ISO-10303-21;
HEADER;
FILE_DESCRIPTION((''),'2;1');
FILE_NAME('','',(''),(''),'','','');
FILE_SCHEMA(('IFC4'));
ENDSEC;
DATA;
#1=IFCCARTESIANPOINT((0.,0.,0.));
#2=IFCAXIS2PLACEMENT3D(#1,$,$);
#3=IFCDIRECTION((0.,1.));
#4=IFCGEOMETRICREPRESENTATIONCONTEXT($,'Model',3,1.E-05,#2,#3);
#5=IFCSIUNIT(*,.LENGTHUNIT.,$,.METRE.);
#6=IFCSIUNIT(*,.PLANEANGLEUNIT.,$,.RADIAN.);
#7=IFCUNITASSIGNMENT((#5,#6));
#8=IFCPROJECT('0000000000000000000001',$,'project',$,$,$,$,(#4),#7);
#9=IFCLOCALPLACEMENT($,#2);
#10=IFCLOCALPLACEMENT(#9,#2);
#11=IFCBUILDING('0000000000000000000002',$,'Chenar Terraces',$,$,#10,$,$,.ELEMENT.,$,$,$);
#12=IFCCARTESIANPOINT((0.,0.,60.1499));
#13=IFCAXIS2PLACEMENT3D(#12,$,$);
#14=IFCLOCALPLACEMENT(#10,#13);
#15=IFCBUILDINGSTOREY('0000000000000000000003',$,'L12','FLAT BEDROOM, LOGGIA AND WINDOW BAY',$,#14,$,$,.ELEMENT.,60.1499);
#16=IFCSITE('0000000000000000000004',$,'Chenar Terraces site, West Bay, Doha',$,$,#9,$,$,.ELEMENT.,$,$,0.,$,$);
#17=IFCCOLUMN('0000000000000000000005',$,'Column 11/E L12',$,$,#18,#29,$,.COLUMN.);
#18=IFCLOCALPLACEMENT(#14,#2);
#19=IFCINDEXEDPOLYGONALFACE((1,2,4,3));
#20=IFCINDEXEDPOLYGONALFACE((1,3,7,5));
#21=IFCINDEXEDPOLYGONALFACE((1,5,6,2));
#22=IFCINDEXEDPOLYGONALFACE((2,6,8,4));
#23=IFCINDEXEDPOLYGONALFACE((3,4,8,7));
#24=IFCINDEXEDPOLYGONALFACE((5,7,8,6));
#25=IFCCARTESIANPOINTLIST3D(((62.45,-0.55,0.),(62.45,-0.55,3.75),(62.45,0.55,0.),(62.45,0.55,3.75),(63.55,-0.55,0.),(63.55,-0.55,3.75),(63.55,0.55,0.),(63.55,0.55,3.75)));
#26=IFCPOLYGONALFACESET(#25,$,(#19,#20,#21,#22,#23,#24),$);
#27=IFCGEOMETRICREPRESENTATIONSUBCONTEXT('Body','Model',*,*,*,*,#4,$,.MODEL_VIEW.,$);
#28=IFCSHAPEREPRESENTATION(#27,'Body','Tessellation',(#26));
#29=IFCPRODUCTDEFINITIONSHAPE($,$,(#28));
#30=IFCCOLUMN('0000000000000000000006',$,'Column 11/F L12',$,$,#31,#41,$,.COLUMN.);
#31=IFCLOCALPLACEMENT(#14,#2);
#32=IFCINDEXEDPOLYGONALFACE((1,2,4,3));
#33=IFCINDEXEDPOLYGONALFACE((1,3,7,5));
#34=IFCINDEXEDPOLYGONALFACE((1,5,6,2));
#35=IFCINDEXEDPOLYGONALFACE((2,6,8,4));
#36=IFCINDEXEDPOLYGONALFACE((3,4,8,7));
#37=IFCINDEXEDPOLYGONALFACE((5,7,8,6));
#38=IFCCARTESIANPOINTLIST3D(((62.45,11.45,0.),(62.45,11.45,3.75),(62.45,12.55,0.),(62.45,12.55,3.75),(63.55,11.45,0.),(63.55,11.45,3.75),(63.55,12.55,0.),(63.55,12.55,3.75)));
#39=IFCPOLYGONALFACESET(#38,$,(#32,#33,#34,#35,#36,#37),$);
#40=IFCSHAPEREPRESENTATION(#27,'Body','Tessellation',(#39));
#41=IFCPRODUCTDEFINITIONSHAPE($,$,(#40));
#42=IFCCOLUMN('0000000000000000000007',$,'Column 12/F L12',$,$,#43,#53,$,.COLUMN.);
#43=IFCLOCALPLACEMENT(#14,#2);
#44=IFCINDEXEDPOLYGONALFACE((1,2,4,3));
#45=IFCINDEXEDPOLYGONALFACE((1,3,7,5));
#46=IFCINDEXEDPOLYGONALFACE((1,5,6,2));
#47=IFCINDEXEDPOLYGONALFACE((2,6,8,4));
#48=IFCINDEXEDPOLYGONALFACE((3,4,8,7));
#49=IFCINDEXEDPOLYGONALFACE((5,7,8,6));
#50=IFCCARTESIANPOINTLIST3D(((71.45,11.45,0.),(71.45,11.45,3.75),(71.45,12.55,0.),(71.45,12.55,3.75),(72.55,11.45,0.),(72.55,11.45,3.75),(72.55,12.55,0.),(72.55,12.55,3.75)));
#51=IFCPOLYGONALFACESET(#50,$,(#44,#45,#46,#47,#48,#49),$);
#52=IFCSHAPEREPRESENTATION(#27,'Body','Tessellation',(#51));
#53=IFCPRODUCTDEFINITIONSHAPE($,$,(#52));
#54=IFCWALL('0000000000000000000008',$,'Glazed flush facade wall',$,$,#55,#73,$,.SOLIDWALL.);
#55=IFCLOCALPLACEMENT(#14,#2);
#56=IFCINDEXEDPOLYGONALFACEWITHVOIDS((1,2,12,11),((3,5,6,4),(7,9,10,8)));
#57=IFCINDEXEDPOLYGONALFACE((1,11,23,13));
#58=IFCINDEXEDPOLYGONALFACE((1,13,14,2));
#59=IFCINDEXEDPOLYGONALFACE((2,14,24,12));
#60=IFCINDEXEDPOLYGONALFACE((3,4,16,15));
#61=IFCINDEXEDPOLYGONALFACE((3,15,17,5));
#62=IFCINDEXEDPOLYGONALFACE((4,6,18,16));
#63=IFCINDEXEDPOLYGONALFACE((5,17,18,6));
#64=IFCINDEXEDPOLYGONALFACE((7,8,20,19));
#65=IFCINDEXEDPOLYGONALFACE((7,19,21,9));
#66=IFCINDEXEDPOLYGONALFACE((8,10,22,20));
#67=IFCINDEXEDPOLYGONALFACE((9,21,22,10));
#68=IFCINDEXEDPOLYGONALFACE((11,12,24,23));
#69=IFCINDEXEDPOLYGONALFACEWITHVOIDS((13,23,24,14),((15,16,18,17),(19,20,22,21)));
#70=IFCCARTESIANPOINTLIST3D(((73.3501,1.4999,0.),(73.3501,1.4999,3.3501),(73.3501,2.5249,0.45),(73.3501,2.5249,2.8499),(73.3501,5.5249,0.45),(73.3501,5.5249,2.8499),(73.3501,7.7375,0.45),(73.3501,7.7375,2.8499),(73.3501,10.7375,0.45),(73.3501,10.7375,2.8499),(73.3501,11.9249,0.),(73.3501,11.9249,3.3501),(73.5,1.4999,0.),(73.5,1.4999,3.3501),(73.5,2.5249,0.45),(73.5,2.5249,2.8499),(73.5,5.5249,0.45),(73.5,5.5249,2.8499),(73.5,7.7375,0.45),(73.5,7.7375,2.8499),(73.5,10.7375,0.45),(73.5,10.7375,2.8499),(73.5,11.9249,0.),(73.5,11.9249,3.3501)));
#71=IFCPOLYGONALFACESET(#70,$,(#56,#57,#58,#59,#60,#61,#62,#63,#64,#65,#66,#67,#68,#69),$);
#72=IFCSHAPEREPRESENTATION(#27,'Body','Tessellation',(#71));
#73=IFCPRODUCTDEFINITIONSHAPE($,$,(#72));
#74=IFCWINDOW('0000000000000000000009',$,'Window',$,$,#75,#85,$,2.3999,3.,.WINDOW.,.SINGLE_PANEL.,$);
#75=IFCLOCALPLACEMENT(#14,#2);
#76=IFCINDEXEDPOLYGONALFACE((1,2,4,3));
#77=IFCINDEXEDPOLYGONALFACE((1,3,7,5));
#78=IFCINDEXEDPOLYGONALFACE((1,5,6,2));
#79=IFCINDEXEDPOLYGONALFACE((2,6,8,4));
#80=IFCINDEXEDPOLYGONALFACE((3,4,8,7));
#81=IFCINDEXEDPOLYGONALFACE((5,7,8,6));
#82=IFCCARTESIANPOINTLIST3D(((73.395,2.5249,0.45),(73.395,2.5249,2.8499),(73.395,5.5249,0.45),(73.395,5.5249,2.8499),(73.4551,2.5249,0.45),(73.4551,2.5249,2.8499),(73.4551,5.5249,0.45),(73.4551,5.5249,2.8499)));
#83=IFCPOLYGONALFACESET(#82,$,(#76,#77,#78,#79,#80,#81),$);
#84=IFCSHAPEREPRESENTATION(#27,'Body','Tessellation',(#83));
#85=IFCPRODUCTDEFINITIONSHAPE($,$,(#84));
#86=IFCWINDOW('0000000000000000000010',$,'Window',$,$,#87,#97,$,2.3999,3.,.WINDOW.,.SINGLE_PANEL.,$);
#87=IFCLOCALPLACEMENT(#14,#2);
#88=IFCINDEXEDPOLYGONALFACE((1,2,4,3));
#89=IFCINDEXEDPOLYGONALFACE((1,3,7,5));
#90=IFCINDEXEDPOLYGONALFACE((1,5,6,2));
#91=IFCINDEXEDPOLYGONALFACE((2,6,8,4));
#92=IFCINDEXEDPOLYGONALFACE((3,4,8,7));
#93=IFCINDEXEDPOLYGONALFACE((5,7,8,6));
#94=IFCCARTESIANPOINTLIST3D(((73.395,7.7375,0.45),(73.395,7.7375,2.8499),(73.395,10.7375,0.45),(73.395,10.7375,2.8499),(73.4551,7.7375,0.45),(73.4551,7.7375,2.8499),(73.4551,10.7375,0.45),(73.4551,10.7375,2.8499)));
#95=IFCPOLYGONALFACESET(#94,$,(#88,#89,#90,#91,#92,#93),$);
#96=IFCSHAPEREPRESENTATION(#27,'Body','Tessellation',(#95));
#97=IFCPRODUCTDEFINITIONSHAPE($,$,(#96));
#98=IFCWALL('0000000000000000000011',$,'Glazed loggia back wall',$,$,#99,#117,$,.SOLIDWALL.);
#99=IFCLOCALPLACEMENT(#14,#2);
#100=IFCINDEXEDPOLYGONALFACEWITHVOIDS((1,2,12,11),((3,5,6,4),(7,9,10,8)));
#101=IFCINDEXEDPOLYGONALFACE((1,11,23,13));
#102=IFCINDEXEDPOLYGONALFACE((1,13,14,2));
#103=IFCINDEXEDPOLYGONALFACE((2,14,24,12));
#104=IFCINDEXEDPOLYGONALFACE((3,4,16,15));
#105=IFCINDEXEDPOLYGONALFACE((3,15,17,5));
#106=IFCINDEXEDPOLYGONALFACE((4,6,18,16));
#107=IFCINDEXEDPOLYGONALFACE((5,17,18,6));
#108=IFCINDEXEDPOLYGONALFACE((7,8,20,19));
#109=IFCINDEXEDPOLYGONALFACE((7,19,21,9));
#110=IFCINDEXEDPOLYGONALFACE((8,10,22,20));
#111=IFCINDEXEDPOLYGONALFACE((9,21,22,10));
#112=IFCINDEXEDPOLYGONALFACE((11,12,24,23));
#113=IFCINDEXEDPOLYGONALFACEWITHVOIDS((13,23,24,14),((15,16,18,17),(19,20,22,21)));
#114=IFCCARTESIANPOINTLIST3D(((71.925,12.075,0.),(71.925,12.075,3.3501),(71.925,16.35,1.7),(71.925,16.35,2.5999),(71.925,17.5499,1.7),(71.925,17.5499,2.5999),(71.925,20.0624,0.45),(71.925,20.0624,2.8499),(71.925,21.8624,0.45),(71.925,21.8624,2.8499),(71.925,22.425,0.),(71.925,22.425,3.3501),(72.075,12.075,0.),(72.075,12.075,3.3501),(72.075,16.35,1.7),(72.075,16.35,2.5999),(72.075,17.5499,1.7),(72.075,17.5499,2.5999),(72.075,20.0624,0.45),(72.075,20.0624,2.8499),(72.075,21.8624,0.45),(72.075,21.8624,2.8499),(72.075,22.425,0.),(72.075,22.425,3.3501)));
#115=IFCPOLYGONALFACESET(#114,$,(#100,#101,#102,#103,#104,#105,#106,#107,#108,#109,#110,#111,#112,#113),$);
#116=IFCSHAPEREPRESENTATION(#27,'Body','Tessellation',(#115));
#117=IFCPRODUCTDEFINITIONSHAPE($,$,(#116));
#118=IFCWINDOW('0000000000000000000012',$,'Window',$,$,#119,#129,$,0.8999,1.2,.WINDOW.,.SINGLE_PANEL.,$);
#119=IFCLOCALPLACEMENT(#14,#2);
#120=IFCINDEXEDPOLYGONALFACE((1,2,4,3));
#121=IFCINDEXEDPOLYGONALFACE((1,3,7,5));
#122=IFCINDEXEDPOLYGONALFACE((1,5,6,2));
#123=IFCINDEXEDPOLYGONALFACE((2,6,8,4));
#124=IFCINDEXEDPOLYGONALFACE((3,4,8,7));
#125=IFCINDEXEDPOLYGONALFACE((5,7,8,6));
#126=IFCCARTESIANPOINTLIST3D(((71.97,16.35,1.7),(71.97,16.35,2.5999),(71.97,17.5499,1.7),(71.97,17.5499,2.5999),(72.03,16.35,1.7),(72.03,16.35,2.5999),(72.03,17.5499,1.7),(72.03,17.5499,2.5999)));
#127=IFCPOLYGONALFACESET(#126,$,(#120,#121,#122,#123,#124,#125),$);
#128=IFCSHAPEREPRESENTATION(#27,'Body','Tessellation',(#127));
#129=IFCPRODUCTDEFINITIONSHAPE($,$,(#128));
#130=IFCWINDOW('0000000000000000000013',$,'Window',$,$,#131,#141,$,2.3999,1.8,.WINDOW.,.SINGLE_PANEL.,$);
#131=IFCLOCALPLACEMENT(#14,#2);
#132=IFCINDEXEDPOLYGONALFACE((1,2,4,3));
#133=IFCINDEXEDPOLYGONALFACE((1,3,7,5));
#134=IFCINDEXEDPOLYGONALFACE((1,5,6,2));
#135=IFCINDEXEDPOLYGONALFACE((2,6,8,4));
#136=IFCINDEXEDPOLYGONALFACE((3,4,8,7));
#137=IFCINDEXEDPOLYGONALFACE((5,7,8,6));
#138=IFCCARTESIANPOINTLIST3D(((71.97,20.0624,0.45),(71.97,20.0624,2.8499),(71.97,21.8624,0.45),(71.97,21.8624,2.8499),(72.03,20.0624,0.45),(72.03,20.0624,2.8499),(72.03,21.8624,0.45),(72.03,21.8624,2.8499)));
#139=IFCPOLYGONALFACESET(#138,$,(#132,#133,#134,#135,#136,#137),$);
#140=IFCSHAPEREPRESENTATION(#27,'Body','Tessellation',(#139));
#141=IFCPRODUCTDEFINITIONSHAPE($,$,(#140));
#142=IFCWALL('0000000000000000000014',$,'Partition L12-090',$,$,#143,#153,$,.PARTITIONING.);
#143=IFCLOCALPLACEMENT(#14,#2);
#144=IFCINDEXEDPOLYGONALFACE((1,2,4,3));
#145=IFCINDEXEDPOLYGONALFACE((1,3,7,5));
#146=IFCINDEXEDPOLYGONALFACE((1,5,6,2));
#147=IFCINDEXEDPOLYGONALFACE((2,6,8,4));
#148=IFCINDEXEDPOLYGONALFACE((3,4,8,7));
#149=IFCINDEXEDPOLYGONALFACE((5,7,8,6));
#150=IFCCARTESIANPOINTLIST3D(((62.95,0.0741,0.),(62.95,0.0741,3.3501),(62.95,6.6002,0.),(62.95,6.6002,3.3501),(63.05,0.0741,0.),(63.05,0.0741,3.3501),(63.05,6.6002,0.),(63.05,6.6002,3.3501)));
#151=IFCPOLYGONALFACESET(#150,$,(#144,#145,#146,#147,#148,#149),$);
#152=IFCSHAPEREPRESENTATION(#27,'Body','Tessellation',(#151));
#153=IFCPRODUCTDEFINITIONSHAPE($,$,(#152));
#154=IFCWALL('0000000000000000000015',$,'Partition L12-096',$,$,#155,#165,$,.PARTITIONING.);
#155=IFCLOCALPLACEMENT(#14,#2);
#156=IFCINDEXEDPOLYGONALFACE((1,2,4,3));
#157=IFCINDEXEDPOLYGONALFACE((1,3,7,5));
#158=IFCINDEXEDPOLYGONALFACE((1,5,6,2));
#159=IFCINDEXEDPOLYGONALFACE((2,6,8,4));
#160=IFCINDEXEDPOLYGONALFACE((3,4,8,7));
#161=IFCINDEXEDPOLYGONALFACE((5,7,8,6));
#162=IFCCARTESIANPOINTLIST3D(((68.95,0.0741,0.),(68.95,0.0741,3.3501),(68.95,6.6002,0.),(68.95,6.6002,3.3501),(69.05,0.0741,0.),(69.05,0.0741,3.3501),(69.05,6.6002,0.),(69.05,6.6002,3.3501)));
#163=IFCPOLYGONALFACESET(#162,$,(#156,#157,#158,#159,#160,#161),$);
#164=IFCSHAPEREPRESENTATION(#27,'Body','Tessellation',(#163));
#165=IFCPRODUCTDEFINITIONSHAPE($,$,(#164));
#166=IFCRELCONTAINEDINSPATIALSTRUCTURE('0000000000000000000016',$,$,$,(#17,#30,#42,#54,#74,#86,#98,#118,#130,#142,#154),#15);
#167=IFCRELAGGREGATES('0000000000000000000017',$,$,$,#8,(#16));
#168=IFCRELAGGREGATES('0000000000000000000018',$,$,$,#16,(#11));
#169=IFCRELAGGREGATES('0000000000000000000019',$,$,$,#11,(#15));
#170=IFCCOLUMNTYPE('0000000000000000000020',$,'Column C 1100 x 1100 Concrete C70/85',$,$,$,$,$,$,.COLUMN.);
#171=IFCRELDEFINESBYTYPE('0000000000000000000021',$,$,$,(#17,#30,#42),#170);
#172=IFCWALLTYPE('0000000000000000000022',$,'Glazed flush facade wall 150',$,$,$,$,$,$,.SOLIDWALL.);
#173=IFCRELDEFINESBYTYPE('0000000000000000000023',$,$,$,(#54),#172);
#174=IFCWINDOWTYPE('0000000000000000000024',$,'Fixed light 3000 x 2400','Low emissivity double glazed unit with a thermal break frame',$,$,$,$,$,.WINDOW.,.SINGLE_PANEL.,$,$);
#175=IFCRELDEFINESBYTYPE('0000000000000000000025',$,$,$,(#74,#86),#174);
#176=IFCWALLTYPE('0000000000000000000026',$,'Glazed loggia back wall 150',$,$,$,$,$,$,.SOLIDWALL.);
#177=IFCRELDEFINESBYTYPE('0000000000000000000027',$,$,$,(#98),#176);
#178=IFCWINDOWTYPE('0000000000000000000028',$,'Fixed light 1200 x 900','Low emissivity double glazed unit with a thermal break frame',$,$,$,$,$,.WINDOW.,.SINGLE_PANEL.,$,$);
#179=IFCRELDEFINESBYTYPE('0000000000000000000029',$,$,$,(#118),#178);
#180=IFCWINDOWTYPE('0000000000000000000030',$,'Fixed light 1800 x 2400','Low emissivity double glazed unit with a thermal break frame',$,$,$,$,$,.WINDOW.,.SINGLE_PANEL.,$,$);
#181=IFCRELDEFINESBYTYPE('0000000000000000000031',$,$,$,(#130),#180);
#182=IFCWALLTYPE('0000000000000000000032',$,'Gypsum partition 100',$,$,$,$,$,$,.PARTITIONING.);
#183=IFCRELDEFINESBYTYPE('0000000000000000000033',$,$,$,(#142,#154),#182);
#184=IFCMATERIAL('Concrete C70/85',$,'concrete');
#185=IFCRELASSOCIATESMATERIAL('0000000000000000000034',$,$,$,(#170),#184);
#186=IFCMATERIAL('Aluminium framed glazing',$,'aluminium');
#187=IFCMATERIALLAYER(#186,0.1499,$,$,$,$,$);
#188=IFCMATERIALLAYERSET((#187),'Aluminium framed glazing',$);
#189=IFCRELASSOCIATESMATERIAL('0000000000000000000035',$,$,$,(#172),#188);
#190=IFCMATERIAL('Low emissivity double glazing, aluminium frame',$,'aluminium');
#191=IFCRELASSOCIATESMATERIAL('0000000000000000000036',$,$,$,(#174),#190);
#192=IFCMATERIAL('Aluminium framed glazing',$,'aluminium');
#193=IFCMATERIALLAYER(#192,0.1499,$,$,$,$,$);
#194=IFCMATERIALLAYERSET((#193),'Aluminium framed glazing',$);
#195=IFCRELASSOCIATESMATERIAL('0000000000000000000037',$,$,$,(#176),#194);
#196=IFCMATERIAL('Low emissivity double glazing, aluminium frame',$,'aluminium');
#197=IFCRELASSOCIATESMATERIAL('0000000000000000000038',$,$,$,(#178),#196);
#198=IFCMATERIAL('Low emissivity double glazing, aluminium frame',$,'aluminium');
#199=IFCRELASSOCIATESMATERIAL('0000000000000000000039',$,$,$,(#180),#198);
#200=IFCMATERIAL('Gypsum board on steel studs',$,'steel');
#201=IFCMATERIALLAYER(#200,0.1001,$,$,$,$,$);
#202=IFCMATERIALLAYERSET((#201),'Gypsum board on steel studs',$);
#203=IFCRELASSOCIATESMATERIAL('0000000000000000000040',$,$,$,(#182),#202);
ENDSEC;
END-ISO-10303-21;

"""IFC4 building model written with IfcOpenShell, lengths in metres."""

from ifc_helpers import new_model, si_unit, direction, frame, frame_2d, origin, origin_2d, place, context, subcontext, project, spatial, rectangle, extrude, material, layer, layer_set, material_profile, profile_set, type_object, element, fill, save


model = new_model("IFC4")

# Units and contexts
model_context = context("Model", 3, precision=1e-05, world=origin(), true_north=direction((0.0, 1.0)))
body_context = subcontext(model_context, "Body", "Model", "MODEL_VIEW")
ifc_project = project(units=[si_unit("LENGTHUNIT", "METRE"), si_unit("PLANEANGLEUNIT", "RADIAN")], contexts=[model_context])

# Site, building, storey
site_placement = place(None, origin())
site = spatial("IfcSite", under=ifc_project, at=site_placement, Name="Chenar Terraces site, West Bay, Doha", CompositionType="ELEMENT", RefElevation=0.0)
building_placement = place(site_placement, origin())
building = spatial("IfcBuilding", under=site, at=building_placement, Name="Chenar Terraces", CompositionType="ELEMENT")
storey_placement = place(building_placement, frame((0.0, 0.0, 60.1499)))
storey = spatial("IfcBuildingStorey", under=building, at=storey_placement, Name="L12", Description="FLAT BEDROOM, LOGGIA AND WINDOW BAY", CompositionType="ELEMENT", Elevation=60.1499)

# Columns
ifc_material_1 = material(Name="Concrete C70/85", Category="concrete")
ifc_material_profile = material_profile(ifc_material_1, rectangle(XDim=1.1001, YDim=1.1001, at=origin_2d()), Name="C 1100 x 1100")
ifc_profile_set = profile_set([ifc_material_profile], Name="Concrete C70/85")
column_type = type_object("IfcColumnType", Name="Column C 1100 x 1100 Concrete C70/85", PredefinedType="COLUMN", material=ifc_profile_set)
for number, where, z_axis, x_axis, name in (
    (1, (63.0, 0.0, 0.0), (0.0, 0.0, 1.0), (1.0, 0.0, 0.0), "Column 11/E L12"),
    (2, (63.0, 12.0, 0.0), (0.0, 0.0, 1.0), (1.0, 0.0, 0.0), "Column 11/F L12"),
    (3, (72.0, 12.0, 0.0), (0.0, 0.0, 1.0), (1.0, 0.0, 0.0), "Column 12/F L12"),
):
    element("IfcColumn", number, at=place(storey_placement, frame(where, z_axis=z_axis, x_axis=x_axis)), inside=storey, type_object=column_type, Name=name, PredefinedType="COLUMN", context=body_context, shape_type="SweptSolid", body=[
        extrude(rectangle(XDim=1.1001, YDim=1.1001, at=origin_2d()), origin(), (0.0, 0.0, 1.0), 3.75),
    ])

# Walls, openings, windows
ifc_material_2 = material(Name="Aluminium framed glazing", Category="aluminium")
ifc_layer_1 = layer(ifc_material_2, 0.1499)
ifc_layer_set_1 = layer_set([ifc_layer_1], Name="Aluminium framed glazing")
wall_type_1 = type_object("IfcWallType", Name="Glazed flush facade wall 150", PredefinedType="SOLIDWALL", material=ifc_layer_set_1)
wall_1_placement = place(storey_placement, frame((73.425, 1.5, 0.0), z_axis=(0.0, 0.0, 1.0), x_axis=(0.0, 1.0, 0.0)))
wall_1 = element("IfcWall", 4, at=wall_1_placement, inside=storey, type_object=wall_type_1, Name="Glazed flush facade wall", PredefinedType="SOLIDWALL", context=body_context, shape_type="SweptSolid", body=[
    extrude(rectangle(XDim=10.425, YDim=0.1499, at=frame_2d((5.2124, 0.0))), origin(), (0.0, 0.0, 1.0), 3.3501),
])
opening_1_placement = place(wall_1_placement, frame((1.0249, 0.0, 0.45)))
opening_1 = element("IfcOpeningElement", 5, at=opening_1_placement, cuts=wall_1, PredefinedType="OPENING", context=body_context, shape_type="SweptSolid", body=[
    extrude(rectangle(XDim=3.0, YDim=2.3999, at=frame_2d((1.5, 1.2))), frame((0.0, 0.085, 0.0), z_axis=(0.0, -1.0, 0.0), x_axis=(1.0, 0.0, 0.0)), (0.0, 0.0, 1.0), 0.1699),
])
opening_2_placement = place(wall_1_placement, frame((6.2375, 0.0, 0.45)))
opening_2 = element("IfcOpeningElement", 6, at=opening_2_placement, cuts=wall_1, PredefinedType="OPENING", context=body_context, shape_type="SweptSolid", body=[
    extrude(rectangle(XDim=3.0, YDim=2.3999, at=frame_2d((1.5, 1.2))), frame((0.0, 0.085, 0.0), z_axis=(0.0, -1.0, 0.0), x_axis=(1.0, 0.0, 0.0)), (0.0, 0.0, 1.0), 0.1699),
])
ifc_material_3 = material(Name="Low emissivity double glazing, aluminium frame", Category="aluminium")
window_type_1 = type_object("IfcWindowType", Name="Fixed light 3000 x 2400", Description="Low emissivity double glazed unit with a thermal break frame", PartitioningType="SINGLE_PANEL", PredefinedType="WINDOW", material=ifc_material_3)
window_1_placement = place(opening_1_placement, origin())
window_1 = element("IfcWindow", 7, at=window_1_placement, inside=storey, type_object=window_type_1, Name="Window", OverallHeight=2.3999, OverallWidth=3.0, PartitioningType="SINGLE_PANEL", PredefinedType="WINDOW", context=body_context, shape_type="SweptSolid", body=[
    extrude(rectangle(XDim=3.0, YDim=2.3999, at=frame_2d((1.5, 1.2))), frame((0.0, 0.03, 0.0), z_axis=(0.0, -1.0, 0.0), x_axis=(1.0, 0.0, 0.0)), (0.0, 0.0, 1.0), 0.0601),
])
fill(opening_1, window_1)
window_2_placement = place(opening_2_placement, origin())
window_2 = element("IfcWindow", 8, at=window_2_placement, inside=storey, type_object=window_type_1, Name="Window", OverallHeight=2.3999, OverallWidth=3.0, PartitioningType="SINGLE_PANEL", PredefinedType="WINDOW", context=body_context, shape_type="SweptSolid", body=[
    extrude(rectangle(XDim=3.0, YDim=2.3999, at=frame_2d((1.5, 1.2))), frame((0.0, 0.03, 0.0), z_axis=(0.0, -1.0, 0.0), x_axis=(1.0, 0.0, 0.0)), (0.0, 0.0, 1.0), 0.0601),
])
fill(opening_2, window_2)
ifc_material_4 = material(Name="Aluminium framed glazing", Category="aluminium")
ifc_layer_2 = layer(ifc_material_4, 0.1499)
ifc_layer_set_2 = layer_set([ifc_layer_2], Name="Aluminium framed glazing")
wall_type_2 = type_object("IfcWallType", Name="Glazed loggia back wall 150", PredefinedType="SOLIDWALL", material=ifc_layer_set_2)
wall_2_placement = place(storey_placement, frame((72.0, 12.075, 0.0), z_axis=(0.0, 0.0, 1.0), x_axis=(0.0, 1.0, 0.0)))
wall_2 = element("IfcWall", 9, at=wall_2_placement, inside=storey, type_object=wall_type_2, Name="Glazed loggia back wall", PredefinedType="SOLIDWALL", context=body_context, shape_type="SweptSolid", body=[
    extrude(rectangle(XDim=10.3501, YDim=0.1499, at=frame_2d((5.175, 0.0))), origin(), (0.0, 0.0, 1.0), 3.3501),
])
opening_3_placement = place(wall_2_placement, frame((4.2749, 0.0, 1.7)))
opening_3 = element("IfcOpeningElement", 10, at=opening_3_placement, cuts=wall_2, PredefinedType="OPENING", context=body_context, shape_type="SweptSolid", body=[
    extrude(rectangle(XDim=1.2, YDim=0.8999, at=frame_2d((0.6001, 0.45))), frame((0.0, 0.085, 0.0), z_axis=(0.0, -1.0, 0.0), x_axis=(1.0, 0.0, 0.0)), (0.0, 0.0, 1.0), 0.1699),
])
opening_4_placement = place(wall_2_placement, frame((7.9875, 0.0, 0.45)))
opening_4 = element("IfcOpeningElement", 11, at=opening_4_placement, cuts=wall_2, PredefinedType="OPENING", context=body_context, shape_type="SweptSolid", body=[
    extrude(rectangle(XDim=1.8, YDim=2.3999, at=frame_2d((0.8999, 1.2))), frame((0.0, 0.085, 0.0), z_axis=(0.0, -1.0, 0.0), x_axis=(1.0, 0.0, 0.0)), (0.0, 0.0, 1.0), 0.1699),
])
ifc_material_5 = material(Name="Low emissivity double glazing, aluminium frame", Category="aluminium")
window_type_2 = type_object("IfcWindowType", Name="Fixed light 1200 x 900", Description="Low emissivity double glazed unit with a thermal break frame", PartitioningType="SINGLE_PANEL", PredefinedType="WINDOW", material=ifc_material_5)
window_3_placement = place(opening_3_placement, origin())
window_3 = element("IfcWindow", 12, at=window_3_placement, inside=storey, type_object=window_type_2, Name="Window", OverallHeight=0.8999, OverallWidth=1.2, PartitioningType="SINGLE_PANEL", PredefinedType="WINDOW", context=body_context, shape_type="SweptSolid", body=[
    extrude(rectangle(XDim=1.2, YDim=0.8999, at=frame_2d((0.6001, 0.45))), frame((0.0, 0.03, 0.0), z_axis=(0.0, -1.0, 0.0), x_axis=(1.0, 0.0, 0.0)), (0.0, 0.0, 1.0), 0.0601),
])
fill(opening_3, window_3)
ifc_material_6 = material(Name="Low emissivity double glazing, aluminium frame", Category="aluminium")
window_type_3 = type_object("IfcWindowType", Name="Fixed light 1800 x 2400", Description="Low emissivity double glazed unit with a thermal break frame", PartitioningType="SINGLE_PANEL", PredefinedType="WINDOW", material=ifc_material_6)
window_4_placement = place(opening_4_placement, origin())
window_4 = element("IfcWindow", 13, at=window_4_placement, inside=storey, type_object=window_type_3, Name="Window", OverallHeight=2.3999, OverallWidth=1.8, PartitioningType="SINGLE_PANEL", PredefinedType="WINDOW", context=body_context, shape_type="SweptSolid", body=[
    extrude(rectangle(XDim=1.8, YDim=2.3999, at=frame_2d((0.8999, 1.2))), frame((0.0, 0.03, 0.0), z_axis=(0.0, -1.0, 0.0), x_axis=(1.0, 0.0, 0.0)), (0.0, 0.0, 1.0), 0.0601),
])
fill(opening_4, window_4)

# Walls
ifc_material_7 = material(Name="Gypsum board on steel studs", Category="steel")
ifc_layer_3 = layer(ifc_material_7, 0.1001)
ifc_layer_set_3 = layer_set([ifc_layer_3], Name="Gypsum board on steel studs")
wall_type_3 = type_object("IfcWallType", Name="Gypsum partition 100", PredefinedType="PARTITIONING", material=ifc_layer_set_3)
for number, where, z_axis, x_axis, name in (
    (14, (63.0, 0.074, 0.0), (0.0, 0.0, 1.0), (0.0, 1.0, 0.0), "Partition L12-090"),
    (15, (69.0, 0.074, 0.0), (0.0, 0.0, 1.0), (0.0, 1.0, 0.0), "Partition L12-096"),
):
    element("IfcWall", number, at=place(storey_placement, frame(where, z_axis=z_axis, x_axis=x_axis)), inside=storey, type_object=wall_type_3, Name=name, PredefinedType="PARTITIONING", context=body_context, shape_type="SweptSolid", body=[
        extrude(rectangle(XDim=6.5261, YDim=0.1001, at=frame_2d((3.2632, 0.0))), origin(), (0.0, 0.0, 1.0), 3.3501),
    ])

save(model, "model.ifc")
